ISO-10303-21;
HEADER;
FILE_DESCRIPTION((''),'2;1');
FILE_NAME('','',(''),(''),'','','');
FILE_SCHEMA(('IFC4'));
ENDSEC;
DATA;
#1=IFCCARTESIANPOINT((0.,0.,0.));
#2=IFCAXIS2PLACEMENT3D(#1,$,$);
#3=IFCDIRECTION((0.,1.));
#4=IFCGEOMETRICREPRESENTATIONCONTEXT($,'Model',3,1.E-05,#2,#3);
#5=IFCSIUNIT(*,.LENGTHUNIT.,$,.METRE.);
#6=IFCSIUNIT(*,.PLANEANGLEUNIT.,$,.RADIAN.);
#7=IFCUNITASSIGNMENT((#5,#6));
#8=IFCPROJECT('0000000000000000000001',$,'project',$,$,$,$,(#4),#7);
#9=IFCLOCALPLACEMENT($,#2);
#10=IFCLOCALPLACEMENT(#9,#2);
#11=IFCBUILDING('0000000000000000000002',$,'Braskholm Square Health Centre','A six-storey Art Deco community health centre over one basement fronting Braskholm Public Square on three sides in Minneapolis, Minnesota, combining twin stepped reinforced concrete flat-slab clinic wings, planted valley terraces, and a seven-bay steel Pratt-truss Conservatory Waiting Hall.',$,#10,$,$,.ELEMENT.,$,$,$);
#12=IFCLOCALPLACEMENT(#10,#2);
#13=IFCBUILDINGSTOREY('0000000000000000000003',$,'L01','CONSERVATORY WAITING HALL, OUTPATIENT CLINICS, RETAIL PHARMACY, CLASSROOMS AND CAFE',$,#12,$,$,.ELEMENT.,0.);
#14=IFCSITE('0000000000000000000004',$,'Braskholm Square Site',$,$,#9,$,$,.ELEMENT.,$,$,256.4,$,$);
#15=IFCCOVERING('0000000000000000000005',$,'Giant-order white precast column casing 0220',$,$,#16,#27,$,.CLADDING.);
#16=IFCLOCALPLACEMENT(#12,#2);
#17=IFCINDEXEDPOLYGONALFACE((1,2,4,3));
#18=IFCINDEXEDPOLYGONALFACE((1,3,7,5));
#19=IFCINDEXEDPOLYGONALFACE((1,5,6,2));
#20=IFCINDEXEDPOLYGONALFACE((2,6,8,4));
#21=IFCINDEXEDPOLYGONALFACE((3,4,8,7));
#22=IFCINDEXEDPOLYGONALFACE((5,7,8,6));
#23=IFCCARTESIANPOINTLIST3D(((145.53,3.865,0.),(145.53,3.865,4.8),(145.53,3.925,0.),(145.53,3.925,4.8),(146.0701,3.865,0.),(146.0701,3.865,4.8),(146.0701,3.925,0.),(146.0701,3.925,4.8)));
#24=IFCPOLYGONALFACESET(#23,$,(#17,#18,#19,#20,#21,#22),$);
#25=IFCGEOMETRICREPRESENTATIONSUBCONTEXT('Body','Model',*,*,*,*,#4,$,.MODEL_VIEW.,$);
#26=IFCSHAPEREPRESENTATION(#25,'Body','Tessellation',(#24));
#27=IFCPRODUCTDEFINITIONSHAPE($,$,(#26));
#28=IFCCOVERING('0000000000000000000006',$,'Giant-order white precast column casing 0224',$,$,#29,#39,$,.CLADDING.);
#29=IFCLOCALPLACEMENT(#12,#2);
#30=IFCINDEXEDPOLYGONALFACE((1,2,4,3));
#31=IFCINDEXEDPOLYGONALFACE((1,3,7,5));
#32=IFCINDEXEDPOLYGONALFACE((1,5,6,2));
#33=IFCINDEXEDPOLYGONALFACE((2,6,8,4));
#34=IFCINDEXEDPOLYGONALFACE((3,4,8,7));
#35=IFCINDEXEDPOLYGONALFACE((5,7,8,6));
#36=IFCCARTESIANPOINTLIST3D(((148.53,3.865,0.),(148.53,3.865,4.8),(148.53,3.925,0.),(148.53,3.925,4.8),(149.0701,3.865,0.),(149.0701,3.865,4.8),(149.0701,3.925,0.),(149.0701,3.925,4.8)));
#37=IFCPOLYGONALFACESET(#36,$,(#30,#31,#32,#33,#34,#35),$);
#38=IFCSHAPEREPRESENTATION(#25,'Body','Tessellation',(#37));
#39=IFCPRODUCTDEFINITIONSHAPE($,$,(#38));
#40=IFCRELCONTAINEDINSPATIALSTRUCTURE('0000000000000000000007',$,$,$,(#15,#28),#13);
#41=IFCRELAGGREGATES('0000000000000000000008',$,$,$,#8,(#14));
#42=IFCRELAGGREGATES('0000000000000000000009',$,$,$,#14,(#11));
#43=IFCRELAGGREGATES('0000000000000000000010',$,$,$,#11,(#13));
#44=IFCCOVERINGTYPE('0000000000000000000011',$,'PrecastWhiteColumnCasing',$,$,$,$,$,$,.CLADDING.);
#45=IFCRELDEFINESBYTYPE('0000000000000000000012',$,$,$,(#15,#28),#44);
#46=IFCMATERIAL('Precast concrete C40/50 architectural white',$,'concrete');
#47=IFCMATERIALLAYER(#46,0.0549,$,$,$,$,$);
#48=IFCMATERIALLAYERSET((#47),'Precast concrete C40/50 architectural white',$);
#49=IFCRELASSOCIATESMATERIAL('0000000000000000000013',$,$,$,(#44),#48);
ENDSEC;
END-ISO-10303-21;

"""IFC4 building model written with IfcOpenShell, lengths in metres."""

from ifc_helpers import new_model, si_unit, direction, frame, origin, origin_2d, place, context, subcontext, project, spatial, rectangle, extrude, material, layer, layer_set, type_object, element, save


model = new_model("IFC4")

# Units and contexts
model_context = context("Model", 3, precision=1e-05, world=origin(), true_north=direction((0.0, 1.0)))
body_context = subcontext(model_context, "Body", "Model", "MODEL_VIEW")
ifc_project = project(units=[si_unit("LENGTHUNIT", "METRE"), si_unit("PLANEANGLEUNIT", "RADIAN")], contexts=[model_context])

# Site, building, storey
site_placement = place(None, origin())
site = spatial("IfcSite", under=ifc_project, at=site_placement, Name="Braskholm Square Site", CompositionType="ELEMENT", RefElevation=256.4)
building_placement = place(site_placement, origin())
building = spatial("IfcBuilding", under=site, at=building_placement, Name="Braskholm Square Health Centre", Description="A six-storey Art Deco community health centre over one basement fronting Braskholm Public Square on three sides in Minneapolis, Minnesota, combining twin stepped reinforced concrete flat-slab clinic wings, planted valley terraces, and a seven-bay steel Pratt-truss Conservatory Waiting Hall.", CompositionType="ELEMENT")
storey_placement = place(building_placement, origin())
storey = spatial("IfcBuildingStorey", under=building, at=storey_placement, Name="L01", Description="CONSERVATORY WAITING HALL, OUTPATIENT CLINICS, RETAIL PHARMACY, CLASSROOMS AND CAFE", CompositionType="ELEMENT", Elevation=0.0)

# Shared definitions
ifc_material_1 = material(Name="Precast concrete C40/50 architectural white", Category="concrete")

# Coverings
ifc_layer_1 = layer(ifc_material_1, 0.0549)
ifc_layer_set_1 = layer_set([ifc_layer_1], Name="Precast concrete C40/50 architectural white")
covering_type = type_object("IfcCoveringType", Name="PrecastWhiteColumnCasing", PredefinedType="CLADDING", material=ifc_layer_set_1)
for number, where, z_axis, x_axis, name in (
    (1, (145.8, 3.895, 0.0), (0.0, 0.0, 1.0), (1.0, 0.0, 0.0), "Giant-order white precast column casing 0220"),
    (2, (148.8, 3.895, 0.0), (0.0, 0.0, 1.0), (1.0, 0.0, 0.0), "Giant-order white precast column casing 0224"),
):
    element("IfcCovering", number, at=place(storey_placement, frame(where, z_axis=z_axis, x_axis=x_axis)), inside=storey, type_object=covering_type, Name=name, PredefinedType="CLADDING", context=body_context, shape_type="SweptSolid", body=[
        extrude(rectangle(XDim=0.54, YDim=0.0601, at=origin_2d()), origin(), (0.0, 0.0, 1.0), 4.8),
    ])

save(model, "model.ifc")
